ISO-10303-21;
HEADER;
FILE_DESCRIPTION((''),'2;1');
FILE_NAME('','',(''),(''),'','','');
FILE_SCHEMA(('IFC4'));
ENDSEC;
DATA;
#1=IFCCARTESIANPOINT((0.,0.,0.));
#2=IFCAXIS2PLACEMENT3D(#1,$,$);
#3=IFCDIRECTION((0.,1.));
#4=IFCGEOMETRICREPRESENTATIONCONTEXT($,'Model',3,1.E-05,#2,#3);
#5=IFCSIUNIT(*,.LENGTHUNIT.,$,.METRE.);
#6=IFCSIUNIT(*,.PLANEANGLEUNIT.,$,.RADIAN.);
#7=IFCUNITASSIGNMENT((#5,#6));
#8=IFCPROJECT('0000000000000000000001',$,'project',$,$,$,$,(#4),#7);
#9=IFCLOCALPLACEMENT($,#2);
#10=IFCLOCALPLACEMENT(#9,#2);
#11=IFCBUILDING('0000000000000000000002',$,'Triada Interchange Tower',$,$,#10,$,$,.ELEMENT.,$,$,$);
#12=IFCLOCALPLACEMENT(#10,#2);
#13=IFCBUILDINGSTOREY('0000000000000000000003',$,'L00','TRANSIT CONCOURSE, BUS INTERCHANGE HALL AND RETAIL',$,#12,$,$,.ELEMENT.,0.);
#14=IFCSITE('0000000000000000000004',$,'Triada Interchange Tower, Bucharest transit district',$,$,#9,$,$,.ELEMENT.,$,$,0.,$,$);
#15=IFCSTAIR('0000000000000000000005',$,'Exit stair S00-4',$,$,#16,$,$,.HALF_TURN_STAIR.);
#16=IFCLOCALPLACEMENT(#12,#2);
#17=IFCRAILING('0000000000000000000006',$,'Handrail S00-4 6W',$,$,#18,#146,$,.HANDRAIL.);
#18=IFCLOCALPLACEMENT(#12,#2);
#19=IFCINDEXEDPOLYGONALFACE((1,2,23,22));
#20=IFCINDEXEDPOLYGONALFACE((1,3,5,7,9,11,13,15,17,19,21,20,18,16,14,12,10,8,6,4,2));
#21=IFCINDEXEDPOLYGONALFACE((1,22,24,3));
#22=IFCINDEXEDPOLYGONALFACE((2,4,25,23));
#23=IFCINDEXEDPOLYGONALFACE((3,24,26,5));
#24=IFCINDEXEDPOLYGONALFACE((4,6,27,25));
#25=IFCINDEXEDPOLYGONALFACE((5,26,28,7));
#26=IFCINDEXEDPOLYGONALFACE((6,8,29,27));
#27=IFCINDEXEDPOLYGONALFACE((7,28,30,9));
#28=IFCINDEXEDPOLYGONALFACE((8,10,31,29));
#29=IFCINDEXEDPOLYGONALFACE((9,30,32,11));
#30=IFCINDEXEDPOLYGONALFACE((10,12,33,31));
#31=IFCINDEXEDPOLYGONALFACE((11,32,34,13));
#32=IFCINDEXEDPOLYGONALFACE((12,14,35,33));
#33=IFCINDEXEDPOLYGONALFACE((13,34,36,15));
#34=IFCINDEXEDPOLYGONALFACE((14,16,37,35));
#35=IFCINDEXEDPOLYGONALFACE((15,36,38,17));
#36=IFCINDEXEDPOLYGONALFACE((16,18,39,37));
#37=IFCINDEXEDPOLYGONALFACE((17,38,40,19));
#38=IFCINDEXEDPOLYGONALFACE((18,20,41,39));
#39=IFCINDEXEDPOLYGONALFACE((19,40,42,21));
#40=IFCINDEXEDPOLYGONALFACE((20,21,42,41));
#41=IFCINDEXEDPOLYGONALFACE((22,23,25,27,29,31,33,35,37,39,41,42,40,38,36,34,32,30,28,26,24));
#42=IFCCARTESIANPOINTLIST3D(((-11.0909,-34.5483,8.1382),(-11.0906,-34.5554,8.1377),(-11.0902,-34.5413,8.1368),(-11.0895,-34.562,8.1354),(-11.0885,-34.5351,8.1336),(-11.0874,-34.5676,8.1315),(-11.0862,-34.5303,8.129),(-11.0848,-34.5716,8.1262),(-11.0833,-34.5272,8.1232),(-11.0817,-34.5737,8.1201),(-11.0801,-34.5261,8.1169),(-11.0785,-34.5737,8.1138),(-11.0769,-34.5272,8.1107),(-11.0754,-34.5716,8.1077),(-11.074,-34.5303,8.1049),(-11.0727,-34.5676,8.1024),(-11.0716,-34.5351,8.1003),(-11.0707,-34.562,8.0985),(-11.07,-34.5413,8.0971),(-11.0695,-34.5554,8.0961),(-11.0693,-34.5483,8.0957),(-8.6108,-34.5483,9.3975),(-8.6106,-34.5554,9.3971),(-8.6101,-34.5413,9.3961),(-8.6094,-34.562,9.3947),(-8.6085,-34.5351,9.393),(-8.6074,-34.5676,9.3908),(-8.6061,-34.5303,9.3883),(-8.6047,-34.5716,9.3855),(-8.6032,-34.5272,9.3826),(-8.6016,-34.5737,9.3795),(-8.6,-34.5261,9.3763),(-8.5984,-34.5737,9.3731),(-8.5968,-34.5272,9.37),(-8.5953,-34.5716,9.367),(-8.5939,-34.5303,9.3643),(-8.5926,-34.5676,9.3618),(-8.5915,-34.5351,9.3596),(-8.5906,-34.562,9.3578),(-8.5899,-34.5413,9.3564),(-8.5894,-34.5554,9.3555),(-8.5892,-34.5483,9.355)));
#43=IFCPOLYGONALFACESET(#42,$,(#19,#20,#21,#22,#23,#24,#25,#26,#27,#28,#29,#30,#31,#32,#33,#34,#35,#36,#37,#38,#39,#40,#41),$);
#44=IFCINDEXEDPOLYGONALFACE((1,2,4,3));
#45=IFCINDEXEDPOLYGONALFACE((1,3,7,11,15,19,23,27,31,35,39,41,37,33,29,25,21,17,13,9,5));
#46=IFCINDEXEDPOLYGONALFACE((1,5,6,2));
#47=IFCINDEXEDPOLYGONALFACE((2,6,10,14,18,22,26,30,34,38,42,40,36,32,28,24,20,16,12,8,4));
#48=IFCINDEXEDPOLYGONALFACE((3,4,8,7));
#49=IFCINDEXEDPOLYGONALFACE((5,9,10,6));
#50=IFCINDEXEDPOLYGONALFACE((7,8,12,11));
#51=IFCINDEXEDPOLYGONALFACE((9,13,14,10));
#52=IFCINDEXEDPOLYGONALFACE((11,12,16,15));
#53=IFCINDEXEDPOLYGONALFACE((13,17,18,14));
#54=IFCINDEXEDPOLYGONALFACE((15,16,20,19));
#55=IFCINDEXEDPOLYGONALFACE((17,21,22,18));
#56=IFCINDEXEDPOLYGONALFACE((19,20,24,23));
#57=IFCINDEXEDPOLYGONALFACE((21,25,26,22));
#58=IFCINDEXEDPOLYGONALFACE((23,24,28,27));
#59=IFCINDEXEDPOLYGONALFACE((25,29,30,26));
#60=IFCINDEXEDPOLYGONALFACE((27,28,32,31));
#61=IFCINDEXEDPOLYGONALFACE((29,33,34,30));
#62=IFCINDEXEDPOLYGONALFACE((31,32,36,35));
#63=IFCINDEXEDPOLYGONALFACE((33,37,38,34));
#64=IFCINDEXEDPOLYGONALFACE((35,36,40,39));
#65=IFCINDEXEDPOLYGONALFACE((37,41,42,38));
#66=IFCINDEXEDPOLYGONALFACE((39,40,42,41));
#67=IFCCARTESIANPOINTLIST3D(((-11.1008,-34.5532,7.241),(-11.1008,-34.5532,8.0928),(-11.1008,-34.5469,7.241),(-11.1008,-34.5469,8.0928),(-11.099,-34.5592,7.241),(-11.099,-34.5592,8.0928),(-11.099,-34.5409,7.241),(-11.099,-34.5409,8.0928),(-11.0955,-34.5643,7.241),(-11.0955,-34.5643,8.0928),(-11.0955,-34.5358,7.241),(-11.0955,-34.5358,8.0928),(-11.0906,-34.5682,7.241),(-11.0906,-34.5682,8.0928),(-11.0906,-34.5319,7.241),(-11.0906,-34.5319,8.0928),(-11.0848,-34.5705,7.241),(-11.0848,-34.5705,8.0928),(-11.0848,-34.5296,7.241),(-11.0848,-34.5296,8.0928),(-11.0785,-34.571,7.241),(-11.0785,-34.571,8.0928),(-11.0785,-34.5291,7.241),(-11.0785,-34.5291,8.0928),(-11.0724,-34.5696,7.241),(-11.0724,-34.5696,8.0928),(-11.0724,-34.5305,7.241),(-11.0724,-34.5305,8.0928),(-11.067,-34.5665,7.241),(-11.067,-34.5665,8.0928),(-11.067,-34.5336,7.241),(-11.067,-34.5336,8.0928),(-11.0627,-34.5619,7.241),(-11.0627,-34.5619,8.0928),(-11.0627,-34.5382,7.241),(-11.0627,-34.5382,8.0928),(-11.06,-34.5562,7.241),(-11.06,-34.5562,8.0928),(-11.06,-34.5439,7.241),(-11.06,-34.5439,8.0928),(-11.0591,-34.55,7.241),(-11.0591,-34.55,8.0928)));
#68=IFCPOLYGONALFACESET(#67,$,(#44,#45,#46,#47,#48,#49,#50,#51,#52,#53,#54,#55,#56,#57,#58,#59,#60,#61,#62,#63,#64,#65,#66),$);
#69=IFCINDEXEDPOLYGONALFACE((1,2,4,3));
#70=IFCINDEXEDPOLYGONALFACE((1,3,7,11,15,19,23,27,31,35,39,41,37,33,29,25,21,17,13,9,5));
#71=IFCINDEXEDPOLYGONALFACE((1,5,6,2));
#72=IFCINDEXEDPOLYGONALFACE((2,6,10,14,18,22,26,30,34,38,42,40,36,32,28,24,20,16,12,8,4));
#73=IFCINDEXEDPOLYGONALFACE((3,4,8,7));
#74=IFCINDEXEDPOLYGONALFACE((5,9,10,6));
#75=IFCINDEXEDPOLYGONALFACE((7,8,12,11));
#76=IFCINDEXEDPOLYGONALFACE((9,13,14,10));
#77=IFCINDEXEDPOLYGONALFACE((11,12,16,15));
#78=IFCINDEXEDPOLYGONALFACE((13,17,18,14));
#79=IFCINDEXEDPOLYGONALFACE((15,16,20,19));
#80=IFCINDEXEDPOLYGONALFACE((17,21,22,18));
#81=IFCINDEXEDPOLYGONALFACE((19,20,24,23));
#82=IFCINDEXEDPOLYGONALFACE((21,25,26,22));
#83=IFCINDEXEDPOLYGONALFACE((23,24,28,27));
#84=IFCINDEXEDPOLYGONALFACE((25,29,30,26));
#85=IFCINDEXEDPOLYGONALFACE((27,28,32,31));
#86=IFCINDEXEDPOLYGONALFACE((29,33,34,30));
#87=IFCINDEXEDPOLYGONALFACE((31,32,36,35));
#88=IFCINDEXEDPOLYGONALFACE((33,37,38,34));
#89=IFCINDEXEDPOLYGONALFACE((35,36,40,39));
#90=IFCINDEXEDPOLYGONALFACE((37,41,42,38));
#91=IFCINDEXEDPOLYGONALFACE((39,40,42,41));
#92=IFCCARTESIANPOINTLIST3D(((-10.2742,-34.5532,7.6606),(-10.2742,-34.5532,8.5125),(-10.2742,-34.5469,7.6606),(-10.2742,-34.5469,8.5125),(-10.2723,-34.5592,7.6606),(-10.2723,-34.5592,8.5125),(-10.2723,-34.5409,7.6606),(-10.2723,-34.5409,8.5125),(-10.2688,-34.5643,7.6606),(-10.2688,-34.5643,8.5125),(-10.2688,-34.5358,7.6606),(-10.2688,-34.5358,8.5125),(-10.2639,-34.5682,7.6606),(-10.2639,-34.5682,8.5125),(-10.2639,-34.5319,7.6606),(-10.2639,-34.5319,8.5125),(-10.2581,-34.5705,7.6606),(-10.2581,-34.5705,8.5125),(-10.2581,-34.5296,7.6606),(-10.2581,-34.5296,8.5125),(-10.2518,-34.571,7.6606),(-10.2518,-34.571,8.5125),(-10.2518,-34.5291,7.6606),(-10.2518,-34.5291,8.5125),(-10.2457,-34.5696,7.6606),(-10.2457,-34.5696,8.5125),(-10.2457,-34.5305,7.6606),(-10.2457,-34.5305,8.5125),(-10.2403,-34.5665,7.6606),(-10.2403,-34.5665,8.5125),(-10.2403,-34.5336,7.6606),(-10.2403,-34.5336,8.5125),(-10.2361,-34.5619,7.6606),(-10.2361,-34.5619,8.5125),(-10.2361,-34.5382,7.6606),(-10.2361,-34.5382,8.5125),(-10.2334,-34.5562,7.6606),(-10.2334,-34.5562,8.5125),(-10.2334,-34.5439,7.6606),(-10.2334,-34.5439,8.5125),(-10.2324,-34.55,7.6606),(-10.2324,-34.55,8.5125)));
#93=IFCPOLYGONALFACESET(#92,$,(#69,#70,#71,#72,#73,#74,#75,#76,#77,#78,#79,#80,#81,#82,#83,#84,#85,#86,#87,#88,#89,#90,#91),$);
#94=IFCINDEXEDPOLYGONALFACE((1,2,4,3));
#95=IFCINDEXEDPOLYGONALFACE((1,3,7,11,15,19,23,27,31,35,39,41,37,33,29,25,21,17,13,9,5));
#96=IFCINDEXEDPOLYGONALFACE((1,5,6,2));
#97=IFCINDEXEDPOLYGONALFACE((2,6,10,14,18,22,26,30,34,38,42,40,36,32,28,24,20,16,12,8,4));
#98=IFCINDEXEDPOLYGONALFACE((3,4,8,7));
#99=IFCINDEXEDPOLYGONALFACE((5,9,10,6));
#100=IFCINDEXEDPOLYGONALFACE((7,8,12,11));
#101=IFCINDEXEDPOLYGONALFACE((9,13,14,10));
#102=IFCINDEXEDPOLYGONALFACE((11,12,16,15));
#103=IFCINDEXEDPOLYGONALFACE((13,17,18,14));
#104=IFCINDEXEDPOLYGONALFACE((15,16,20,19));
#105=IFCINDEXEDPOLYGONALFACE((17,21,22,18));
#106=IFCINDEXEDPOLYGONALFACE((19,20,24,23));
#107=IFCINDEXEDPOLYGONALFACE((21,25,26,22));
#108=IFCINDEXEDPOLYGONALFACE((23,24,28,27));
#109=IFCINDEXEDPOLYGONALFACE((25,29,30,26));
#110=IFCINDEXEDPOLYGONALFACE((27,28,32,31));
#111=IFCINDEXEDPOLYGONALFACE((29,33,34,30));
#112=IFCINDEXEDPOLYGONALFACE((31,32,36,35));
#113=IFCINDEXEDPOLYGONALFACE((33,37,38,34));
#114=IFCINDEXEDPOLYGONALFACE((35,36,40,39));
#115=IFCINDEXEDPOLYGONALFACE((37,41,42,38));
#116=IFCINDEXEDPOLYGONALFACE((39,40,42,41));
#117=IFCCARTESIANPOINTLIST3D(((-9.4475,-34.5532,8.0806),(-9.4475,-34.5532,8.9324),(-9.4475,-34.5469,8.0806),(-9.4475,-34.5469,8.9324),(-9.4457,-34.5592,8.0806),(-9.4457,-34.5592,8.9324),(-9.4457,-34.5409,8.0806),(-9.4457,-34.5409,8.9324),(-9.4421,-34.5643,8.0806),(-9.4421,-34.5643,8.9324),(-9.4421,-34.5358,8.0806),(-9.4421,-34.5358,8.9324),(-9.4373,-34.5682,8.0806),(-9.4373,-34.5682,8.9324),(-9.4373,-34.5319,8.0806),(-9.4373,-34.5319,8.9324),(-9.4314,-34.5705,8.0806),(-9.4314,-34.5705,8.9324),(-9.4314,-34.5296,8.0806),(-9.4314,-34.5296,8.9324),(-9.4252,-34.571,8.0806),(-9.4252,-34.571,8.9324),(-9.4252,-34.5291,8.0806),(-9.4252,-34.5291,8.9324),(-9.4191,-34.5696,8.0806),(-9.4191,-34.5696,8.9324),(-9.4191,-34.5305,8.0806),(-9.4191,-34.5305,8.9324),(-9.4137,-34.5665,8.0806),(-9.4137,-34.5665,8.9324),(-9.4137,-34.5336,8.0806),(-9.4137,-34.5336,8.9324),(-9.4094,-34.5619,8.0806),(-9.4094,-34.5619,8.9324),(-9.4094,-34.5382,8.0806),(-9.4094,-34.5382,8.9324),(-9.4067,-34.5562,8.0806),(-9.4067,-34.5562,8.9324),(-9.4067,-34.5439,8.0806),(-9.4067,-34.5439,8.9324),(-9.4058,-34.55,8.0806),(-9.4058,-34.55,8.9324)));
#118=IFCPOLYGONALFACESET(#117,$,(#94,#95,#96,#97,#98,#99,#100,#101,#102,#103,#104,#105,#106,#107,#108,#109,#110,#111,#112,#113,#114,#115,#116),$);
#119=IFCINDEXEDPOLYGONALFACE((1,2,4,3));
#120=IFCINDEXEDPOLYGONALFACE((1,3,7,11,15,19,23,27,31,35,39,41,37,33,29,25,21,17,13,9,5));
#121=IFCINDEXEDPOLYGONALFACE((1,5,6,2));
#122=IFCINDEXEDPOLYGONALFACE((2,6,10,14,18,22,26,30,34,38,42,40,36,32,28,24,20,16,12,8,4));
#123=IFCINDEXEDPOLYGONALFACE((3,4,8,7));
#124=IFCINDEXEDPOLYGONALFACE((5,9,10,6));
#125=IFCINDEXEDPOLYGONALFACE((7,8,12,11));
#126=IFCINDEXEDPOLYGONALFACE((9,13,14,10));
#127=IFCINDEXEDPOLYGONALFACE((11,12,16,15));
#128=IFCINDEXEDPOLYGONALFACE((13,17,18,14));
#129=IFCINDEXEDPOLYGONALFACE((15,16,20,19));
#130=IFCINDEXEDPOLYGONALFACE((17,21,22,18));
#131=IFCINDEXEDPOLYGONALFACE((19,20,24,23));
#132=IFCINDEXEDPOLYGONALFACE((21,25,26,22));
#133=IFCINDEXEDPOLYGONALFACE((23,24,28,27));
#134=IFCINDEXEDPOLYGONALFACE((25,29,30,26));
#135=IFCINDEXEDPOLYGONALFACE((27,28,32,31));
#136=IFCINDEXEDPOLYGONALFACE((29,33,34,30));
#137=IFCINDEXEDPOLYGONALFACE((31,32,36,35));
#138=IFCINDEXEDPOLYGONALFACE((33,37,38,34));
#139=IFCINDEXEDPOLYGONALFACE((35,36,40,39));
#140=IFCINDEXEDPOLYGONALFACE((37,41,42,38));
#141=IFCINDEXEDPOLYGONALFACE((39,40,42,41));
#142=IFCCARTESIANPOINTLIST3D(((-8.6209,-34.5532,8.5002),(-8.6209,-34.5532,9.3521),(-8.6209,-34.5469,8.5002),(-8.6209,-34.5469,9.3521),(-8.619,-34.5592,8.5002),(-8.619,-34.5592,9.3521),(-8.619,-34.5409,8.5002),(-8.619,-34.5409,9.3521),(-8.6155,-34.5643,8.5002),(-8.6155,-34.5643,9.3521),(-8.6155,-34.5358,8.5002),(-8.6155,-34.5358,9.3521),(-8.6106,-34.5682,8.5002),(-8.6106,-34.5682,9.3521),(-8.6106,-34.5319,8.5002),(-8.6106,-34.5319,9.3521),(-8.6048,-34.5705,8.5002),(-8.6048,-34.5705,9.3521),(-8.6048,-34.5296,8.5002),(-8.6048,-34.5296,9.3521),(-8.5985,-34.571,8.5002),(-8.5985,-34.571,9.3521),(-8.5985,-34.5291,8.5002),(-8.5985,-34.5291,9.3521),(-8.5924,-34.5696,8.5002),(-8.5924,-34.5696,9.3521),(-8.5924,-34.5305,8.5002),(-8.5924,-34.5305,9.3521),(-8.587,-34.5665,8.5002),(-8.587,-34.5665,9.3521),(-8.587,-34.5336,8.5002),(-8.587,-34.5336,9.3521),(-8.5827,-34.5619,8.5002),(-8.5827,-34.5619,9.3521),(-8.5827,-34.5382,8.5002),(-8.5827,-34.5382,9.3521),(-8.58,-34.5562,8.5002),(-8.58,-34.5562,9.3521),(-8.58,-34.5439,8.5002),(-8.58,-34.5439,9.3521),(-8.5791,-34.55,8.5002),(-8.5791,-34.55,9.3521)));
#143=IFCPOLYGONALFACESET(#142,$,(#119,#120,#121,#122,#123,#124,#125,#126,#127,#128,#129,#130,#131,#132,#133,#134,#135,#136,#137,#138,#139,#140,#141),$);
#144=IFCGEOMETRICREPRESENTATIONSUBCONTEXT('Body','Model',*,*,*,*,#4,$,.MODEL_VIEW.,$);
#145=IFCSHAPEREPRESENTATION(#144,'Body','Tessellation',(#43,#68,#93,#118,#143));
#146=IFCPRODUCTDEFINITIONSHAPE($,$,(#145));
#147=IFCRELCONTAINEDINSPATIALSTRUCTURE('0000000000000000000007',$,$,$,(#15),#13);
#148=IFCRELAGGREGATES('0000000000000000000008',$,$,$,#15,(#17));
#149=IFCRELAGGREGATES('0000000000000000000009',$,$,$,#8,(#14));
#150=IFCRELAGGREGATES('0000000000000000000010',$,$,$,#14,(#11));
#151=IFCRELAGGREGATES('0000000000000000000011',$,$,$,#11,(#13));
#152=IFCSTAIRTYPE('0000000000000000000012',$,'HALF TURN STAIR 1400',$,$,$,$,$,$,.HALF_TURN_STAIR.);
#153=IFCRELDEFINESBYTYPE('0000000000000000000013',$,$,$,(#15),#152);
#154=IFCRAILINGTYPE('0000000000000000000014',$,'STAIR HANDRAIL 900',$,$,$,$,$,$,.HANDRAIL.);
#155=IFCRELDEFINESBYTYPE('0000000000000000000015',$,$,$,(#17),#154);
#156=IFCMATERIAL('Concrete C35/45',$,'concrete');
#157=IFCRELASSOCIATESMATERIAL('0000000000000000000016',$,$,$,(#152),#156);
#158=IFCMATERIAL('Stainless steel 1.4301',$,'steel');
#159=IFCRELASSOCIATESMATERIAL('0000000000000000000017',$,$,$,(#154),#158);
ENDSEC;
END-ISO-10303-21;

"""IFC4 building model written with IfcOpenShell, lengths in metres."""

from ifc_helpers import new_model, si_unit, direction, frame, origin, origin_2d, place, context, subcontext, project, spatial, circle, extrude, material, type_object, element, aggregate, save


model = new_model("IFC4")

# Units and contexts
model_context = context("Model", 3, precision=1e-05, world=origin(), true_north=direction((0.0, 1.0)))
body_context = subcontext(model_context, "Body", "Model", "MODEL_VIEW")
ifc_project = project(units=[si_unit("LENGTHUNIT", "METRE"), si_unit("PLANEANGLEUNIT", "RADIAN")], contexts=[model_context])

# Site, building, storey
site_placement = place(None, origin())
site = spatial("IfcSite", under=ifc_project, at=site_placement, Name="Triada Interchange Tower, Bucharest transit district", CompositionType="ELEMENT", RefElevation=0.0)
building_placement = place(site_placement, origin())
building = spatial("IfcBuilding", under=site, at=building_placement, Name="Triada Interchange Tower", CompositionType="ELEMENT")
storey_placement = place(building_placement, origin())
storey = spatial("IfcBuildingStorey", under=building, at=storey_placement, Name="L00", Description="TRANSIT CONCOURSE, BUS INTERCHANGE HALL AND RETAIL", CompositionType="ELEMENT", Elevation=0.0)

# Shared definitions
ifc_material_1 = material(Name="Concrete C35/45", Category="concrete")

# Stair
stair_type = type_object("IfcStairType", Name="HALF TURN STAIR 1400", PredefinedType="HALF_TURN_STAIR", material=ifc_material_1)
stair_1_placement = place(storey_placement, origin())
stair_1 = element("IfcStair", 1, at=stair_1_placement, inside=storey, type_object=stair_type, Name="Exit stair S00-4", PredefinedType="HALF_TURN_STAIR")

# Railing
ifc_material_2 = material(Name="Stainless steel 1.4301", Category="steel")
railing_type_1 = type_object("IfcRailingType", Name="STAIR HANDRAIL 900", PredefinedType="HANDRAIL", material=ifc_material_2)
railing_1_placement = place(storey_placement, frame((-11.0801, -34.55, 7.241)))
railing_1 = element("IfcRailing", 2, at=railing_1_placement, type_object=railing_type_1, Name="Handrail S00-4 6W", PredefinedType="HANDRAIL", context=body_context, shape_type="SweptSolid", body=[
    extrude(circle(Radius=0.0239, at=origin_2d()), frame((0.0, 0.0, 0.876), z_axis=(0.891636, 0.0, 0.452752), x_axis=(0.0, 1.0, 0.0)), (0.0, 0.0, 1.0), 2.7815),
    extrude(circle(Radius=0.021, at=origin_2d()), origin(), (0.0, 0.0, 1.0), 0.8518),
    extrude(circle(Radius=0.021, at=origin_2d()), frame((0.8267, 0.0, 0.4197)), (0.0, 0.0, 1.0), 0.8518),
    extrude(circle(Radius=0.021, at=origin_2d()), frame((1.6533, 0.0, 0.8396)), (0.0, 0.0, 1.0), 0.8518),
    extrude(circle(Radius=0.021, at=origin_2d()), frame((2.48, 0.0, 1.2593)), (0.0, 0.0, 1.0), 0.8518),
])
aggregate(stair_1, [railing_1])

save(model, "model.ifc")
